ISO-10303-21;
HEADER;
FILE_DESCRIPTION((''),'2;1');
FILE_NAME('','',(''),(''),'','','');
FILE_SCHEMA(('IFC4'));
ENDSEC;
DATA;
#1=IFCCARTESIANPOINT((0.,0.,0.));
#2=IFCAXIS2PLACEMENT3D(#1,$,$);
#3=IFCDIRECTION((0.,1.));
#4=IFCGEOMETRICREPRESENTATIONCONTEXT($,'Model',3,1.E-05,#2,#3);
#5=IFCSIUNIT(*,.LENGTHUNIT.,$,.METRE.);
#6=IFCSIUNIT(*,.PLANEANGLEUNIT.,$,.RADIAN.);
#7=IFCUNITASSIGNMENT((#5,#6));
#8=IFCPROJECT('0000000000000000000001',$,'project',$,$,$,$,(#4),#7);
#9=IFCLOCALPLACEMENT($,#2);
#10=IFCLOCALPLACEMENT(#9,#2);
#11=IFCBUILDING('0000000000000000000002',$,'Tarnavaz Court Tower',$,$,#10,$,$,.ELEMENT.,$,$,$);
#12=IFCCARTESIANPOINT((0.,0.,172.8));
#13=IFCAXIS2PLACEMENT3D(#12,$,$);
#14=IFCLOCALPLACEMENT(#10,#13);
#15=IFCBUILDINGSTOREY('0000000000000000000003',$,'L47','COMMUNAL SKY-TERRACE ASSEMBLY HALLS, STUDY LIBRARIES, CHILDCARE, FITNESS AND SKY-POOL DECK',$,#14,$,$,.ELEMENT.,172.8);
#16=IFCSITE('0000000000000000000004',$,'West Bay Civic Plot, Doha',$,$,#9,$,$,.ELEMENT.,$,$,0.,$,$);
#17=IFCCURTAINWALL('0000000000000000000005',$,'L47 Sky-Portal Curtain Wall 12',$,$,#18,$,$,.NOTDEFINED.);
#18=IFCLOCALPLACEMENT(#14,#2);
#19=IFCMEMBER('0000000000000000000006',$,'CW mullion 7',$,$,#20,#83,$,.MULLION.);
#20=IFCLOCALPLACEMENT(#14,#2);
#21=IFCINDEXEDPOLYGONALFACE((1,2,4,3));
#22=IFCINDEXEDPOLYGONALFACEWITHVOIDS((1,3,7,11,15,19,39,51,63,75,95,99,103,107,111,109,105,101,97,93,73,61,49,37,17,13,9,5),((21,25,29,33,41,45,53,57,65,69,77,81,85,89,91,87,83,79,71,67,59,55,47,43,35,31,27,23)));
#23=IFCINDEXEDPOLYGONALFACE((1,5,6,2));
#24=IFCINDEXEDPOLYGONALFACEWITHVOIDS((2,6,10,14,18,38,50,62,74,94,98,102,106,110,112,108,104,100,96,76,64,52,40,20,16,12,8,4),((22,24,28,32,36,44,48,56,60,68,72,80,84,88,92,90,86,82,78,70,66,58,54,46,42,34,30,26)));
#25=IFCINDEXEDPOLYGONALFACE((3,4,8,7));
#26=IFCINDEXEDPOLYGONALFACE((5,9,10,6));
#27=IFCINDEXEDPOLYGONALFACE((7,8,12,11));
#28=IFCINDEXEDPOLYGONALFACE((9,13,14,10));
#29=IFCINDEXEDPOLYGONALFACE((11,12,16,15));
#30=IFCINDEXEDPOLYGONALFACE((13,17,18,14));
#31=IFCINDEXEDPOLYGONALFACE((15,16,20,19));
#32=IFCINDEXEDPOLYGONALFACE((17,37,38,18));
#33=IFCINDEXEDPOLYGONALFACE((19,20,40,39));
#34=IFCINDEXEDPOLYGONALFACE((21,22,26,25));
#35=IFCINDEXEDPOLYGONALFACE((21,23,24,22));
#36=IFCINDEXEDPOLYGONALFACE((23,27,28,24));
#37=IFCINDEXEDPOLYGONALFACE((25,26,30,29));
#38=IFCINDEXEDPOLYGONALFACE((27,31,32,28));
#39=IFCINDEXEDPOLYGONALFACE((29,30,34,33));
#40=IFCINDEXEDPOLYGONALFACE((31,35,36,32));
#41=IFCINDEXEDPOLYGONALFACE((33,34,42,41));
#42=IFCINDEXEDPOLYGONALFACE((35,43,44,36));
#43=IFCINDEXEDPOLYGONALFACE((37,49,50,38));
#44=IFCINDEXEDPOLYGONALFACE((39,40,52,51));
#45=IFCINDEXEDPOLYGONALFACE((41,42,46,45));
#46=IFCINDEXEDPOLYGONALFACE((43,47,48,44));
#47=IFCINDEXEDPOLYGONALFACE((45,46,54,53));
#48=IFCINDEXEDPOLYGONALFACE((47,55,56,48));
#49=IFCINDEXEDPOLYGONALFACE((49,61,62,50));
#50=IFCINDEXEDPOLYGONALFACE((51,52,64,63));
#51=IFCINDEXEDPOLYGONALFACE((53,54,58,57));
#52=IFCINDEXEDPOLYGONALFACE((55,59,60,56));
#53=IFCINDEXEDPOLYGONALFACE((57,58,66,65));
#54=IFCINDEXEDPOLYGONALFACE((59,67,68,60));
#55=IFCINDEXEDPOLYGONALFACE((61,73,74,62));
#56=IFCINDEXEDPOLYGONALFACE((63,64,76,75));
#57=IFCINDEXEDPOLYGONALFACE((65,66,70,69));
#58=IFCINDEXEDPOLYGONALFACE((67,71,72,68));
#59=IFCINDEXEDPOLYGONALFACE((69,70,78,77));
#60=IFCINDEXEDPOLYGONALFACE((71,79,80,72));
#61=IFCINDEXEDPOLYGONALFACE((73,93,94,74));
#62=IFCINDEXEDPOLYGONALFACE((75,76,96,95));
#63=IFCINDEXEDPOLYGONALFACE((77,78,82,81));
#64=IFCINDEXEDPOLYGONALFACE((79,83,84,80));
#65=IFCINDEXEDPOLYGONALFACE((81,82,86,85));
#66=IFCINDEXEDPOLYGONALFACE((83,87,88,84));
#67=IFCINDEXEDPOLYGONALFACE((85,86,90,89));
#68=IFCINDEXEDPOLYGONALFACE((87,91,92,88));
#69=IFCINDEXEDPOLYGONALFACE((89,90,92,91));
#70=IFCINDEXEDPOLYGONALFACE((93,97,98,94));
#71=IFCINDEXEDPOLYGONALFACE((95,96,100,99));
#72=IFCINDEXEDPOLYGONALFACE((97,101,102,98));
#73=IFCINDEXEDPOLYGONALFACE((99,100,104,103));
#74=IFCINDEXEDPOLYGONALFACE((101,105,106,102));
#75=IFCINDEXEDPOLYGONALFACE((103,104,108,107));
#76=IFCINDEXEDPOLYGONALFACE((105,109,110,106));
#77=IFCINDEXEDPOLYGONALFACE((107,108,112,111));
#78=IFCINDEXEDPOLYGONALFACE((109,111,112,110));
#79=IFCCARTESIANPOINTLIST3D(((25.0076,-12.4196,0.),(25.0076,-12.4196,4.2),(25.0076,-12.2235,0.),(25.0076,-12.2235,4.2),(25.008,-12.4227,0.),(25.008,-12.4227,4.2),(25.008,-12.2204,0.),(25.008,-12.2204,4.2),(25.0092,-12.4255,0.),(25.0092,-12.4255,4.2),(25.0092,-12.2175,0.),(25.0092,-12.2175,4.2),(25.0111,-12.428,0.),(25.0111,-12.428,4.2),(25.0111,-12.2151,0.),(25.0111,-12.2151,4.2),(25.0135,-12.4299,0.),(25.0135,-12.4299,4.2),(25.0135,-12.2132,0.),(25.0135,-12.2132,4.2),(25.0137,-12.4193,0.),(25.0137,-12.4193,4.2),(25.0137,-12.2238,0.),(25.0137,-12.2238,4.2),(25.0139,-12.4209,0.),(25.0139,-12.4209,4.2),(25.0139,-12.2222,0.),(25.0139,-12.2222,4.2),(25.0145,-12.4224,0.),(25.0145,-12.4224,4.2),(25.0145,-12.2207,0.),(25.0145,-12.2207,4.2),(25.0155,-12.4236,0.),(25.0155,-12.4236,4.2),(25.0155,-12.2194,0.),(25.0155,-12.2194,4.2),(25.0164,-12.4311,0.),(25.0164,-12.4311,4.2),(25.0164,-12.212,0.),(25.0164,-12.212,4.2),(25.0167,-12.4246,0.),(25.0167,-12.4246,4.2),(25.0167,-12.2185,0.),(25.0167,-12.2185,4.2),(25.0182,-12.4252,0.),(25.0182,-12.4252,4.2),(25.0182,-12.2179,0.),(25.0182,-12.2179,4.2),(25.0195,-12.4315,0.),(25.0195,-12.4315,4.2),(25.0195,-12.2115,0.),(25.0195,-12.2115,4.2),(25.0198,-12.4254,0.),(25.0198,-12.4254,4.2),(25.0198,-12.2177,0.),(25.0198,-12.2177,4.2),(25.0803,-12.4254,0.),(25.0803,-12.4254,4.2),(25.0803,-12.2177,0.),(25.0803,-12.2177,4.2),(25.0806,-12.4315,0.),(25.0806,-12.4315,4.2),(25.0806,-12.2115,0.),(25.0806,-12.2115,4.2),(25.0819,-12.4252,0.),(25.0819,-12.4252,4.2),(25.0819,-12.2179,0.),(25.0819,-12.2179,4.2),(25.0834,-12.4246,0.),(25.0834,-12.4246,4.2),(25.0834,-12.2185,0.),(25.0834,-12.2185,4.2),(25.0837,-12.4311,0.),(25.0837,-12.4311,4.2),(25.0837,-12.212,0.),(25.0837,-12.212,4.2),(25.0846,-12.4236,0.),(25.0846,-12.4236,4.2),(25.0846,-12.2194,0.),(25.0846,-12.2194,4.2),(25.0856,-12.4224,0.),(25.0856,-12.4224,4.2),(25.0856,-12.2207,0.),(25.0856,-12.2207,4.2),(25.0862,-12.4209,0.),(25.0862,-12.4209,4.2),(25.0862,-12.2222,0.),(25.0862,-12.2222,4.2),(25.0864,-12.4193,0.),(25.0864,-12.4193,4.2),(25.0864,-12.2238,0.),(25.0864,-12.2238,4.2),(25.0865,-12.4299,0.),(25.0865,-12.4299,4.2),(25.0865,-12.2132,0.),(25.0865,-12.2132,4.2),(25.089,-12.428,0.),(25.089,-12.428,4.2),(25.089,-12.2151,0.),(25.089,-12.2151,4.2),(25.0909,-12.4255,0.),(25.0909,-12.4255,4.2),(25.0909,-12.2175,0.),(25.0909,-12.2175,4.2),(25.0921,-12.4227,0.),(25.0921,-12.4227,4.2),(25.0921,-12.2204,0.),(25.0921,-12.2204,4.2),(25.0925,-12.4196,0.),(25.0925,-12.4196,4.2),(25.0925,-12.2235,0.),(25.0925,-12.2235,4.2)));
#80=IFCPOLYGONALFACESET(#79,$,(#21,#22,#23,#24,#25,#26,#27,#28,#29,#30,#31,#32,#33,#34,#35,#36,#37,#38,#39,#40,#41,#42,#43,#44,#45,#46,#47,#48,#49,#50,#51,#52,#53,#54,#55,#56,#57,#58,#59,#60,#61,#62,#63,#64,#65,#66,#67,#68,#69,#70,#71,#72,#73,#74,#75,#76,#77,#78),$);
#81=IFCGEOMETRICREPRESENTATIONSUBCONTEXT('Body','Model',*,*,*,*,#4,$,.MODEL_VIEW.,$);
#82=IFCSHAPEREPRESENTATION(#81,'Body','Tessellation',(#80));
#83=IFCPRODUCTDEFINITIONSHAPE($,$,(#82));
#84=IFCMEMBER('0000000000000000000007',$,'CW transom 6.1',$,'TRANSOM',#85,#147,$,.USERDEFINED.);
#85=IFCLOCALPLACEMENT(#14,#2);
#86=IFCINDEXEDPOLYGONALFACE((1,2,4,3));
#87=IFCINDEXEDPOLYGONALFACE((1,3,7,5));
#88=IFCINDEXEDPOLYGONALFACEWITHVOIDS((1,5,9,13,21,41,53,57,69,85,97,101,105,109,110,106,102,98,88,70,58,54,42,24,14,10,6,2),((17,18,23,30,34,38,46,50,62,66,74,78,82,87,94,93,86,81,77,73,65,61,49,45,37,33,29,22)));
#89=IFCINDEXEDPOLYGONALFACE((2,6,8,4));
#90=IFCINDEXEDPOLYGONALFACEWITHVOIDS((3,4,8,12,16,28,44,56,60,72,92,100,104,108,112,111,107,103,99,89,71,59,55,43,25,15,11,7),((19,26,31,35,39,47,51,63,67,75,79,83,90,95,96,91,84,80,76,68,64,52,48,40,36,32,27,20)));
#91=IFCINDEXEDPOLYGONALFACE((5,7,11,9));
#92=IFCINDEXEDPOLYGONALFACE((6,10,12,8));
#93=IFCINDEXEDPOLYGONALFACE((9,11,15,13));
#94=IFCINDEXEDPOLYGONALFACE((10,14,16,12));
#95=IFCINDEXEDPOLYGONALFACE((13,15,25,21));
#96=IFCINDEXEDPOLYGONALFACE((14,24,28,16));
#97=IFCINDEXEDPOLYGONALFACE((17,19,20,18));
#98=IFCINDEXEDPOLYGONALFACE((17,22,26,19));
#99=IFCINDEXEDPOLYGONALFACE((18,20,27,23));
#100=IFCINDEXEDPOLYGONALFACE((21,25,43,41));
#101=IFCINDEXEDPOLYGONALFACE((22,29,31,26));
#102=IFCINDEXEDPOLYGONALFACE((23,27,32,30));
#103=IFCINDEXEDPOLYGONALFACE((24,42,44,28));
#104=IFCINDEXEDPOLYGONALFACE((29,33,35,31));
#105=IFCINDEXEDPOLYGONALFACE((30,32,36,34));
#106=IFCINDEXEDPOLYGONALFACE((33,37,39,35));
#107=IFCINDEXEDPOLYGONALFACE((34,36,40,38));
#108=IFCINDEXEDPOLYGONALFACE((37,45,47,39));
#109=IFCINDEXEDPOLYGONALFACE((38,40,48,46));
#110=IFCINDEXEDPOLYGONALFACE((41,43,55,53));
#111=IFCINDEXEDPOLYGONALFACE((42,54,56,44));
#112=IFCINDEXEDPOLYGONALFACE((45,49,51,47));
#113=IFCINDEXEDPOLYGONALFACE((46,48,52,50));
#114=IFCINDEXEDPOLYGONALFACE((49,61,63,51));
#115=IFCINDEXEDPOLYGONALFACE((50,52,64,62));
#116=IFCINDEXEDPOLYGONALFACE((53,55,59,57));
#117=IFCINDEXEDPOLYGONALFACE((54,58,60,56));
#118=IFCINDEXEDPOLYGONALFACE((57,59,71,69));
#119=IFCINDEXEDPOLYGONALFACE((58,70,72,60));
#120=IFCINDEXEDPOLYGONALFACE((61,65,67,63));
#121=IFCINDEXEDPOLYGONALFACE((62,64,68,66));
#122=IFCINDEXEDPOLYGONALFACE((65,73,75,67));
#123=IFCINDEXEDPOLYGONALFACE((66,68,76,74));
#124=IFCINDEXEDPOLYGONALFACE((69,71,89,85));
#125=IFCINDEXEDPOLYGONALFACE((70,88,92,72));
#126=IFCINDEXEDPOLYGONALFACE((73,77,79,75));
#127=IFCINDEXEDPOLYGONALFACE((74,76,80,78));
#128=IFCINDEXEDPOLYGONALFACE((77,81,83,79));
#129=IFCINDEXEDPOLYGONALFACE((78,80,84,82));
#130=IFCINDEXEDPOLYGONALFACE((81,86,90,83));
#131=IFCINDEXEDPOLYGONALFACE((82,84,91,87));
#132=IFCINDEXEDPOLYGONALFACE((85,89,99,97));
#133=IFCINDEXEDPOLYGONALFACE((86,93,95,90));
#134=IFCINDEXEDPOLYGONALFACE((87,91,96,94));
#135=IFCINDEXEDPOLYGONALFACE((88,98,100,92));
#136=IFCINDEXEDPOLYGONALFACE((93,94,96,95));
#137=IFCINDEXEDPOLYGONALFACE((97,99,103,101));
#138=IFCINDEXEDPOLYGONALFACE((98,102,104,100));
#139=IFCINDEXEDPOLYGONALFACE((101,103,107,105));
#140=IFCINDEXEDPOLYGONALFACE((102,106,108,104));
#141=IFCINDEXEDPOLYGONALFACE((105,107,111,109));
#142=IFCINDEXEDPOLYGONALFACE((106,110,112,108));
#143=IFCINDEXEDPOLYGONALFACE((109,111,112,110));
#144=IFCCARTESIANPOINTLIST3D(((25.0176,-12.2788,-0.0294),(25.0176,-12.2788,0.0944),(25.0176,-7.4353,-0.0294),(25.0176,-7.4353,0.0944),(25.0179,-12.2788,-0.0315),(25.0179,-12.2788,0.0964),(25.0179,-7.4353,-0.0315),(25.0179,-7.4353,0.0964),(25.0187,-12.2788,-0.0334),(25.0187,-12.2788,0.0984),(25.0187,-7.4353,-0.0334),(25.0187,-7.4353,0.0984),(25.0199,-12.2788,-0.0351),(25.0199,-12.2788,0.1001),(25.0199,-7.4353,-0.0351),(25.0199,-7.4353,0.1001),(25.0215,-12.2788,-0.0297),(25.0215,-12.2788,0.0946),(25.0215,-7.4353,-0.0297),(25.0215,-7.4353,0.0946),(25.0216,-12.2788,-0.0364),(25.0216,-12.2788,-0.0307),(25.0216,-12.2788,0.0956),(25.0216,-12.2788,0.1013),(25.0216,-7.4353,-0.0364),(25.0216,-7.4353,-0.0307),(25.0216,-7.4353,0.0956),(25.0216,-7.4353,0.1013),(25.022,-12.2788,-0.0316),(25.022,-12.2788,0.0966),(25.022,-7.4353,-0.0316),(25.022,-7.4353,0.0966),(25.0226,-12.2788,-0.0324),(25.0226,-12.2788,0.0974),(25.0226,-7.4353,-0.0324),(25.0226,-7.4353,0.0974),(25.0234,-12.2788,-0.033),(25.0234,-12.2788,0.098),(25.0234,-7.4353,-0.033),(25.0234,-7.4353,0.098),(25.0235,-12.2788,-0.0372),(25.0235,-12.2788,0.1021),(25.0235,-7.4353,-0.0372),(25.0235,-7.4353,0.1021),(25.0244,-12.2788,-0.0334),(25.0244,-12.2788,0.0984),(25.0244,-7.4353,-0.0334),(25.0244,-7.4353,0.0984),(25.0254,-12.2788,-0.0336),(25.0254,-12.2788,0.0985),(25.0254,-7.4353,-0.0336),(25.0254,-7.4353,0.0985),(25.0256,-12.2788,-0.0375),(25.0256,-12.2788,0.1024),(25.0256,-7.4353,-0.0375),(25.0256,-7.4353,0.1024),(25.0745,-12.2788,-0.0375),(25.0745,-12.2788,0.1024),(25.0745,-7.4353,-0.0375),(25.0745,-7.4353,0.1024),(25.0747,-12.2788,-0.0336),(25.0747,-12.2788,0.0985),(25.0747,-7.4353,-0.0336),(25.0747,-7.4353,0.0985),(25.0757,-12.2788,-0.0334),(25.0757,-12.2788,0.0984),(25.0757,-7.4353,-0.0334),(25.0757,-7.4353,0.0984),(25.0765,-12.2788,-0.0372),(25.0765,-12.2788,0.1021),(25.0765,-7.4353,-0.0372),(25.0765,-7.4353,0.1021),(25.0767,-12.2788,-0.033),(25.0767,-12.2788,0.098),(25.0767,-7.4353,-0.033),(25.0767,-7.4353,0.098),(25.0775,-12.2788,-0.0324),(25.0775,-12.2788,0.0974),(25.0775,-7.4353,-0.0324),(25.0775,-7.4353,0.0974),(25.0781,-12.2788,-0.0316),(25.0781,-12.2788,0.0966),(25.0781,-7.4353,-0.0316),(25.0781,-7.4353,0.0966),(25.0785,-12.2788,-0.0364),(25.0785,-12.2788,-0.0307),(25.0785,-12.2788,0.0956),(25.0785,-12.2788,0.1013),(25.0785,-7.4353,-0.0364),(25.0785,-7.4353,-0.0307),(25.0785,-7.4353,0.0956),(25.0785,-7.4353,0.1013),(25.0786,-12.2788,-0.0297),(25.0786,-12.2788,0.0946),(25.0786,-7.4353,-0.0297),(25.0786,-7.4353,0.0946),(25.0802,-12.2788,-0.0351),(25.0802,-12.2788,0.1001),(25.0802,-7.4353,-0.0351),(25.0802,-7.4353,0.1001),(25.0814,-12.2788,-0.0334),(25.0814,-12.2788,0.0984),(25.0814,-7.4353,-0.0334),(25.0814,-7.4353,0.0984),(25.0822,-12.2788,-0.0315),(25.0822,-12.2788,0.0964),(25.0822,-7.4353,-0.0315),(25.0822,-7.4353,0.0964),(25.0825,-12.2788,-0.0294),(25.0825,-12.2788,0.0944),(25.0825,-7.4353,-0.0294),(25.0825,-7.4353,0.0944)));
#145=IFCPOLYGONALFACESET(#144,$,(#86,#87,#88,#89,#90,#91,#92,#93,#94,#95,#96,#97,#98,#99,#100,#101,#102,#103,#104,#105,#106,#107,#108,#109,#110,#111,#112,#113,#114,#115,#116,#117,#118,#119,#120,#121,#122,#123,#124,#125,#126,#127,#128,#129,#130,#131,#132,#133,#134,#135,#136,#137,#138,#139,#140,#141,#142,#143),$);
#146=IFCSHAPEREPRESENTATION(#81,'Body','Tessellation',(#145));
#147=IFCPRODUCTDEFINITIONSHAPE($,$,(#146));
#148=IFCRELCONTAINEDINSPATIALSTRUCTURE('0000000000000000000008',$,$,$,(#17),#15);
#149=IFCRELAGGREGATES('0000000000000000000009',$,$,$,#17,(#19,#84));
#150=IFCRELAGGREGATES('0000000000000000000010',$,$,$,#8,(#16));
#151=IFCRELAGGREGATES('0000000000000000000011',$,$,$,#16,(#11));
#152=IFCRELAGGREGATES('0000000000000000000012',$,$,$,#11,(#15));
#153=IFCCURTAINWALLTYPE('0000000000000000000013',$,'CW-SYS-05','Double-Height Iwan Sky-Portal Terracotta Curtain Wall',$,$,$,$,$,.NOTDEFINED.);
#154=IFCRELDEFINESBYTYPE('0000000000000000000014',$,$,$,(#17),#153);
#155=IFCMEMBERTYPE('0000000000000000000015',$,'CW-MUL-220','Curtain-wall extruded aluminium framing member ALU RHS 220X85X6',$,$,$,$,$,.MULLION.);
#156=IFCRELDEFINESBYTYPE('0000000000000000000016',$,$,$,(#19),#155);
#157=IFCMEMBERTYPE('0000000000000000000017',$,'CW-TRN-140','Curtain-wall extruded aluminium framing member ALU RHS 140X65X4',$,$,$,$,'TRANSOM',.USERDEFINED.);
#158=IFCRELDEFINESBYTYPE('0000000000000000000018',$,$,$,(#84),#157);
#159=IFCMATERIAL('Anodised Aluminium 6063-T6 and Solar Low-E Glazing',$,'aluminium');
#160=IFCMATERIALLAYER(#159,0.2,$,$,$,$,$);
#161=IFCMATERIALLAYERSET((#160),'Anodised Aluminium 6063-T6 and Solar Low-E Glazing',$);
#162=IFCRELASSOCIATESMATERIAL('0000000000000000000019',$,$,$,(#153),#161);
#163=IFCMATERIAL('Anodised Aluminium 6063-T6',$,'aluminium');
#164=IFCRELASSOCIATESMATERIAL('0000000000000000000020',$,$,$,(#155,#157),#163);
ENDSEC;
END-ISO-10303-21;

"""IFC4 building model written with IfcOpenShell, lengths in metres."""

from ifc_helpers import new_model, si_unit, direction, frame, origin, origin_2d, place, context, subcontext, project, spatial, hollow_rectangle, extrude, material, layer, layer_set, material_profile, profile_set, type_object, element, aggregate, save


model = new_model("IFC4")

# Units and contexts
model_context = context("Model", 3, precision=1e-05, world=origin(), true_north=direction((0.0, 1.0)))
body_context = subcontext(model_context, "Body", "Model", "MODEL_VIEW")
ifc_project = project(units=[si_unit("LENGTHUNIT", "METRE"), si_unit("PLANEANGLEUNIT", "RADIAN")], contexts=[model_context])

# Site, building, storey
site_placement = place(None, origin())
site = spatial("IfcSite", under=ifc_project, at=site_placement, Name="West Bay Civic Plot, Doha", CompositionType="ELEMENT", RefElevation=0.0)
building_placement = place(site_placement, origin())
building = spatial("IfcBuilding", under=site, at=building_placement, Name="Tarnavaz Court Tower", CompositionType="ELEMENT")
storey_placement = place(building_placement, frame((0.0, 0.0, 172.8)))
storey = spatial("IfcBuildingStorey", under=building, at=storey_placement, Name="L47", Description="COMMUNAL SKY-TERRACE ASSEMBLY HALLS, STUDY LIBRARIES, CHILDCARE, FITNESS AND SKY-POOL DECK", CompositionType="ELEMENT", Elevation=172.8)

# Curtain wall, members
ifc_material_1 = material(Name="Anodised Aluminium 6063-T6 and Solar Low-E Glazing", Category="aluminium")
ifc_layer_1 = layer(ifc_material_1, 0.2)
ifc_layer_set_1 = layer_set([ifc_layer_1], Name="Anodised Aluminium 6063-T6 and Solar Low-E Glazing")
curtain_wall_type = type_object("IfcCurtainWallType", Name="CW-SYS-05", Description="Double-Height Iwan Sky-Portal Terracotta Curtain Wall", PredefinedType="NOTDEFINED", material=ifc_layer_set_1)
curtain_wall_placement = place(storey_placement, origin())
curtain_wall = element("IfcCurtainWall", 1, at=curtain_wall_placement, inside=storey, type_object=curtain_wall_type, Name="L47 Sky-Portal Curtain Wall 12", PredefinedType="NOTDEFINED")
ifc_material_2 = material(Name="Anodised Aluminium 6063-T6", Category="aluminium")
ifc_material_profile_1 = material_profile(ifc_material_2, hollow_rectangle(XDim=0.085, YDim=0.22, WallThickness=0.0061, InnerFilletRadius=0.0061, OuterFilletRadius=0.012, at=origin_2d()), Name="ALU RHS 220X85X6")
ifc_profile_set_1 = profile_set([ifc_material_profile_1], Name="Anodised Aluminium 6063-T6")
member_type_1 = type_object("IfcMemberType", Name="CW-MUL-220", Description="Curtain-wall extruded aluminium framing member ALU RHS 220X85X6", PredefinedType="MULLION", material=ifc_profile_set_1)
member_1_placement = place(storey_placement, frame((25.05, -12.3215, 0.0), z_axis=(0.0, 0.0, 1.0), x_axis=(1.0, 0.0, 0.0)))
member_1 = element("IfcMember", 2, at=member_1_placement, type_object=member_type_1, Name="CW mullion 7", PredefinedType="MULLION", context=body_context, shape_type="SweptSolid", body=[
    extrude(hollow_rectangle(XDim=0.085, YDim=0.22, WallThickness=0.0061, InnerFilletRadius=0.0061, OuterFilletRadius=0.012, at=origin_2d()), origin(), (0.0, 0.0, 1.0), 4.2),
])
ifc_material_profile_2 = material_profile(ifc_material_2, hollow_rectangle(XDim=0.0649, YDim=0.1399, WallThickness=0.0039, InnerFilletRadius=0.0039, OuterFilletRadius=0.0081, at=origin_2d()), Name="ALU RHS 140X65X4")
ifc_profile_set_2 = profile_set([ifc_material_profile_2], Name="Anodised Aluminium 6063-T6")
member_type_2 = type_object("IfcMemberType", Name="CW-TRN-140", Description="Curtain-wall extruded aluminium framing member ALU RHS 140X65X4", ElementType="TRANSOM", PredefinedType="USERDEFINED", material=ifc_profile_set_2)
member_2_placement = place(storey_placement, frame((25.05, -7.4353, 0.0325), z_axis=(0.0, -1.0, 0.0), x_axis=(1.0, 0.0, 0.0)))
member_2 = element("IfcMember", 3, at=member_2_placement, type_object=member_type_2, Name="CW transom 6.1", ObjectType="TRANSOM", PredefinedType="USERDEFINED", context=body_context, shape_type="SweptSolid", body=[
    extrude(hollow_rectangle(XDim=0.0649, YDim=0.1399, WallThickness=0.0039, InnerFilletRadius=0.0039, OuterFilletRadius=0.0081, at=origin_2d()), origin(), (0.0, 0.0, 1.0), 4.8435),
])
aggregate(curtain_wall, [member_1, member_2])

save(model, "model.ifc")
